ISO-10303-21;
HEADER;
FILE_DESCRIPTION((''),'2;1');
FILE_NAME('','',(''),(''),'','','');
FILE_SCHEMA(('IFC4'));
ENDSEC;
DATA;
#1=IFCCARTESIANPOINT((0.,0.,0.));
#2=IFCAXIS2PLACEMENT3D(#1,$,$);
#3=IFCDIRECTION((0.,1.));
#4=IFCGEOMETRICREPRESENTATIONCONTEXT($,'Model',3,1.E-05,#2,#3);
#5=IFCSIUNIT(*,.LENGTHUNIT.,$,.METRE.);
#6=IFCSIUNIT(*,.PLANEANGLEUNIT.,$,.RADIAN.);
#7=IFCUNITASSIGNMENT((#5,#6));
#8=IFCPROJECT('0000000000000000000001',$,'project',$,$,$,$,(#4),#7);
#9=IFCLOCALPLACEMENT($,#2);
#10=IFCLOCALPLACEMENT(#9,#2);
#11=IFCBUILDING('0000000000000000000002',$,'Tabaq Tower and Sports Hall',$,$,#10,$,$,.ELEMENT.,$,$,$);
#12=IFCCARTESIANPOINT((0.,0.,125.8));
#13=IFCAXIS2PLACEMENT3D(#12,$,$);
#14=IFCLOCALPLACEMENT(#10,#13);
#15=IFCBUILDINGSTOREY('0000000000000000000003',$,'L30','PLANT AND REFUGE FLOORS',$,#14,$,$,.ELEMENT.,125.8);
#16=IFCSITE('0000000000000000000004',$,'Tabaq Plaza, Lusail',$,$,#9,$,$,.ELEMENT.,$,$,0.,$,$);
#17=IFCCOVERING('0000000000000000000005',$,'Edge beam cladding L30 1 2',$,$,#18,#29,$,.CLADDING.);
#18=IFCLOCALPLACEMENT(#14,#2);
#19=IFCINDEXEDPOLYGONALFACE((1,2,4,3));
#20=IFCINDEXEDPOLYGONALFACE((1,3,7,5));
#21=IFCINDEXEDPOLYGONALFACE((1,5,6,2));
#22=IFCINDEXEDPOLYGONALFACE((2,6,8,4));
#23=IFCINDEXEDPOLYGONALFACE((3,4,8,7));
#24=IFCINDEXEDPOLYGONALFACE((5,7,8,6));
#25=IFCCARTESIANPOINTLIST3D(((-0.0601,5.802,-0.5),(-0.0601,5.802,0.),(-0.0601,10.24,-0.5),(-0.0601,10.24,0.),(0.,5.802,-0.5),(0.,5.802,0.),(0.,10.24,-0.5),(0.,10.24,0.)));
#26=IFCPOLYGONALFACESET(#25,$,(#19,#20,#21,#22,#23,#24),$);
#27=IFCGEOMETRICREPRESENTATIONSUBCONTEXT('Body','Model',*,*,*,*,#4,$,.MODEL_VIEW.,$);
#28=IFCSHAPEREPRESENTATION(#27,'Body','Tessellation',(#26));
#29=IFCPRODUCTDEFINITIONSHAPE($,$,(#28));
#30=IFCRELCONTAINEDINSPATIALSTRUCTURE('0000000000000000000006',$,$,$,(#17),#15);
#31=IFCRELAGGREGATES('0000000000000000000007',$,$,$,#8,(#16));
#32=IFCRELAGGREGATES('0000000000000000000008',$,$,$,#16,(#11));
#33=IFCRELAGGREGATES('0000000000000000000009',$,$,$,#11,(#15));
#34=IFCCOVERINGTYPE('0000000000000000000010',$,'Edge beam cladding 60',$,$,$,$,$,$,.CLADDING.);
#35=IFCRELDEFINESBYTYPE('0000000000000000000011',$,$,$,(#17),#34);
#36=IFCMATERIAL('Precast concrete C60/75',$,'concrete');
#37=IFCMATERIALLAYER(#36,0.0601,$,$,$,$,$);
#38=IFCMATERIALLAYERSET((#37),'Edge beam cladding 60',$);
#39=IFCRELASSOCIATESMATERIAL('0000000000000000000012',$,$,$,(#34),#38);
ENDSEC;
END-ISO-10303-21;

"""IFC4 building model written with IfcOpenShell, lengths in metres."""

from ifc_helpers import new_model, si_unit, direction, frame, frame_2d, origin, place, context, subcontext, project, spatial, rectangle, extrude, material, layer, layer_set, type_object, element, save


model = new_model("IFC4")

# Units and contexts
model_context = context("Model", 3, precision=1e-05, world=origin(), true_north=direction((0.0, 1.0)))
body_context = subcontext(model_context, "Body", "Model", "MODEL_VIEW")
ifc_project = project(units=[si_unit("LENGTHUNIT", "METRE"), si_unit("PLANEANGLEUNIT", "RADIAN")], contexts=[model_context])

# Site, building, storey
site_placement = place(None, origin())
site = spatial("IfcSite", under=ifc_project, at=site_placement, Name="Tabaq Plaza, Lusail", CompositionType="ELEMENT", RefElevation=0.0)
building_placement = place(site_placement, origin())
building = spatial("IfcBuilding", under=site, at=building_placement, Name="Tabaq Tower and Sports Hall", CompositionType="ELEMENT")
storey_placement = place(building_placement, frame((0.0, 0.0, 125.8)))
storey = spatial("IfcBuildingStorey", under=building, at=storey_placement, Name="L30", Description="PLANT AND REFUGE FLOORS", CompositionType="ELEMENT", Elevation=125.8)

# Covering
ifc_material_1 = material(Name="Precast concrete C60/75", Category="concrete")
ifc_layer_1 = layer(ifc_material_1, 0.0601)
ifc_layer_set_1 = layer_set([ifc_layer_1], Name="Edge beam cladding 60")
covering_type_1 = type_object("IfcCoveringType", Name="Edge beam cladding 60", PredefinedType="CLADDING", material=ifc_layer_set_1)
covering_placement = place(storey_placement, frame((-0.03, 10.24, -0.5), z_axis=(0.0, 0.0, 1.0), x_axis=(0.0, -1.0, 0.0)))
element("IfcCovering", 1, at=covering_placement, inside=storey, type_object=covering_type_1, Name="Edge beam cladding L30 1 2", PredefinedType="CLADDING", context=body_context, shape_type="SweptSolid", body=[
    extrude(rectangle(XDim=4.438, YDim=0.0601, at=frame_2d((2.219, 0.0))), origin(), (0.0, 0.0, 1.0), 0.5),
])

save(model, "model.ifc")
